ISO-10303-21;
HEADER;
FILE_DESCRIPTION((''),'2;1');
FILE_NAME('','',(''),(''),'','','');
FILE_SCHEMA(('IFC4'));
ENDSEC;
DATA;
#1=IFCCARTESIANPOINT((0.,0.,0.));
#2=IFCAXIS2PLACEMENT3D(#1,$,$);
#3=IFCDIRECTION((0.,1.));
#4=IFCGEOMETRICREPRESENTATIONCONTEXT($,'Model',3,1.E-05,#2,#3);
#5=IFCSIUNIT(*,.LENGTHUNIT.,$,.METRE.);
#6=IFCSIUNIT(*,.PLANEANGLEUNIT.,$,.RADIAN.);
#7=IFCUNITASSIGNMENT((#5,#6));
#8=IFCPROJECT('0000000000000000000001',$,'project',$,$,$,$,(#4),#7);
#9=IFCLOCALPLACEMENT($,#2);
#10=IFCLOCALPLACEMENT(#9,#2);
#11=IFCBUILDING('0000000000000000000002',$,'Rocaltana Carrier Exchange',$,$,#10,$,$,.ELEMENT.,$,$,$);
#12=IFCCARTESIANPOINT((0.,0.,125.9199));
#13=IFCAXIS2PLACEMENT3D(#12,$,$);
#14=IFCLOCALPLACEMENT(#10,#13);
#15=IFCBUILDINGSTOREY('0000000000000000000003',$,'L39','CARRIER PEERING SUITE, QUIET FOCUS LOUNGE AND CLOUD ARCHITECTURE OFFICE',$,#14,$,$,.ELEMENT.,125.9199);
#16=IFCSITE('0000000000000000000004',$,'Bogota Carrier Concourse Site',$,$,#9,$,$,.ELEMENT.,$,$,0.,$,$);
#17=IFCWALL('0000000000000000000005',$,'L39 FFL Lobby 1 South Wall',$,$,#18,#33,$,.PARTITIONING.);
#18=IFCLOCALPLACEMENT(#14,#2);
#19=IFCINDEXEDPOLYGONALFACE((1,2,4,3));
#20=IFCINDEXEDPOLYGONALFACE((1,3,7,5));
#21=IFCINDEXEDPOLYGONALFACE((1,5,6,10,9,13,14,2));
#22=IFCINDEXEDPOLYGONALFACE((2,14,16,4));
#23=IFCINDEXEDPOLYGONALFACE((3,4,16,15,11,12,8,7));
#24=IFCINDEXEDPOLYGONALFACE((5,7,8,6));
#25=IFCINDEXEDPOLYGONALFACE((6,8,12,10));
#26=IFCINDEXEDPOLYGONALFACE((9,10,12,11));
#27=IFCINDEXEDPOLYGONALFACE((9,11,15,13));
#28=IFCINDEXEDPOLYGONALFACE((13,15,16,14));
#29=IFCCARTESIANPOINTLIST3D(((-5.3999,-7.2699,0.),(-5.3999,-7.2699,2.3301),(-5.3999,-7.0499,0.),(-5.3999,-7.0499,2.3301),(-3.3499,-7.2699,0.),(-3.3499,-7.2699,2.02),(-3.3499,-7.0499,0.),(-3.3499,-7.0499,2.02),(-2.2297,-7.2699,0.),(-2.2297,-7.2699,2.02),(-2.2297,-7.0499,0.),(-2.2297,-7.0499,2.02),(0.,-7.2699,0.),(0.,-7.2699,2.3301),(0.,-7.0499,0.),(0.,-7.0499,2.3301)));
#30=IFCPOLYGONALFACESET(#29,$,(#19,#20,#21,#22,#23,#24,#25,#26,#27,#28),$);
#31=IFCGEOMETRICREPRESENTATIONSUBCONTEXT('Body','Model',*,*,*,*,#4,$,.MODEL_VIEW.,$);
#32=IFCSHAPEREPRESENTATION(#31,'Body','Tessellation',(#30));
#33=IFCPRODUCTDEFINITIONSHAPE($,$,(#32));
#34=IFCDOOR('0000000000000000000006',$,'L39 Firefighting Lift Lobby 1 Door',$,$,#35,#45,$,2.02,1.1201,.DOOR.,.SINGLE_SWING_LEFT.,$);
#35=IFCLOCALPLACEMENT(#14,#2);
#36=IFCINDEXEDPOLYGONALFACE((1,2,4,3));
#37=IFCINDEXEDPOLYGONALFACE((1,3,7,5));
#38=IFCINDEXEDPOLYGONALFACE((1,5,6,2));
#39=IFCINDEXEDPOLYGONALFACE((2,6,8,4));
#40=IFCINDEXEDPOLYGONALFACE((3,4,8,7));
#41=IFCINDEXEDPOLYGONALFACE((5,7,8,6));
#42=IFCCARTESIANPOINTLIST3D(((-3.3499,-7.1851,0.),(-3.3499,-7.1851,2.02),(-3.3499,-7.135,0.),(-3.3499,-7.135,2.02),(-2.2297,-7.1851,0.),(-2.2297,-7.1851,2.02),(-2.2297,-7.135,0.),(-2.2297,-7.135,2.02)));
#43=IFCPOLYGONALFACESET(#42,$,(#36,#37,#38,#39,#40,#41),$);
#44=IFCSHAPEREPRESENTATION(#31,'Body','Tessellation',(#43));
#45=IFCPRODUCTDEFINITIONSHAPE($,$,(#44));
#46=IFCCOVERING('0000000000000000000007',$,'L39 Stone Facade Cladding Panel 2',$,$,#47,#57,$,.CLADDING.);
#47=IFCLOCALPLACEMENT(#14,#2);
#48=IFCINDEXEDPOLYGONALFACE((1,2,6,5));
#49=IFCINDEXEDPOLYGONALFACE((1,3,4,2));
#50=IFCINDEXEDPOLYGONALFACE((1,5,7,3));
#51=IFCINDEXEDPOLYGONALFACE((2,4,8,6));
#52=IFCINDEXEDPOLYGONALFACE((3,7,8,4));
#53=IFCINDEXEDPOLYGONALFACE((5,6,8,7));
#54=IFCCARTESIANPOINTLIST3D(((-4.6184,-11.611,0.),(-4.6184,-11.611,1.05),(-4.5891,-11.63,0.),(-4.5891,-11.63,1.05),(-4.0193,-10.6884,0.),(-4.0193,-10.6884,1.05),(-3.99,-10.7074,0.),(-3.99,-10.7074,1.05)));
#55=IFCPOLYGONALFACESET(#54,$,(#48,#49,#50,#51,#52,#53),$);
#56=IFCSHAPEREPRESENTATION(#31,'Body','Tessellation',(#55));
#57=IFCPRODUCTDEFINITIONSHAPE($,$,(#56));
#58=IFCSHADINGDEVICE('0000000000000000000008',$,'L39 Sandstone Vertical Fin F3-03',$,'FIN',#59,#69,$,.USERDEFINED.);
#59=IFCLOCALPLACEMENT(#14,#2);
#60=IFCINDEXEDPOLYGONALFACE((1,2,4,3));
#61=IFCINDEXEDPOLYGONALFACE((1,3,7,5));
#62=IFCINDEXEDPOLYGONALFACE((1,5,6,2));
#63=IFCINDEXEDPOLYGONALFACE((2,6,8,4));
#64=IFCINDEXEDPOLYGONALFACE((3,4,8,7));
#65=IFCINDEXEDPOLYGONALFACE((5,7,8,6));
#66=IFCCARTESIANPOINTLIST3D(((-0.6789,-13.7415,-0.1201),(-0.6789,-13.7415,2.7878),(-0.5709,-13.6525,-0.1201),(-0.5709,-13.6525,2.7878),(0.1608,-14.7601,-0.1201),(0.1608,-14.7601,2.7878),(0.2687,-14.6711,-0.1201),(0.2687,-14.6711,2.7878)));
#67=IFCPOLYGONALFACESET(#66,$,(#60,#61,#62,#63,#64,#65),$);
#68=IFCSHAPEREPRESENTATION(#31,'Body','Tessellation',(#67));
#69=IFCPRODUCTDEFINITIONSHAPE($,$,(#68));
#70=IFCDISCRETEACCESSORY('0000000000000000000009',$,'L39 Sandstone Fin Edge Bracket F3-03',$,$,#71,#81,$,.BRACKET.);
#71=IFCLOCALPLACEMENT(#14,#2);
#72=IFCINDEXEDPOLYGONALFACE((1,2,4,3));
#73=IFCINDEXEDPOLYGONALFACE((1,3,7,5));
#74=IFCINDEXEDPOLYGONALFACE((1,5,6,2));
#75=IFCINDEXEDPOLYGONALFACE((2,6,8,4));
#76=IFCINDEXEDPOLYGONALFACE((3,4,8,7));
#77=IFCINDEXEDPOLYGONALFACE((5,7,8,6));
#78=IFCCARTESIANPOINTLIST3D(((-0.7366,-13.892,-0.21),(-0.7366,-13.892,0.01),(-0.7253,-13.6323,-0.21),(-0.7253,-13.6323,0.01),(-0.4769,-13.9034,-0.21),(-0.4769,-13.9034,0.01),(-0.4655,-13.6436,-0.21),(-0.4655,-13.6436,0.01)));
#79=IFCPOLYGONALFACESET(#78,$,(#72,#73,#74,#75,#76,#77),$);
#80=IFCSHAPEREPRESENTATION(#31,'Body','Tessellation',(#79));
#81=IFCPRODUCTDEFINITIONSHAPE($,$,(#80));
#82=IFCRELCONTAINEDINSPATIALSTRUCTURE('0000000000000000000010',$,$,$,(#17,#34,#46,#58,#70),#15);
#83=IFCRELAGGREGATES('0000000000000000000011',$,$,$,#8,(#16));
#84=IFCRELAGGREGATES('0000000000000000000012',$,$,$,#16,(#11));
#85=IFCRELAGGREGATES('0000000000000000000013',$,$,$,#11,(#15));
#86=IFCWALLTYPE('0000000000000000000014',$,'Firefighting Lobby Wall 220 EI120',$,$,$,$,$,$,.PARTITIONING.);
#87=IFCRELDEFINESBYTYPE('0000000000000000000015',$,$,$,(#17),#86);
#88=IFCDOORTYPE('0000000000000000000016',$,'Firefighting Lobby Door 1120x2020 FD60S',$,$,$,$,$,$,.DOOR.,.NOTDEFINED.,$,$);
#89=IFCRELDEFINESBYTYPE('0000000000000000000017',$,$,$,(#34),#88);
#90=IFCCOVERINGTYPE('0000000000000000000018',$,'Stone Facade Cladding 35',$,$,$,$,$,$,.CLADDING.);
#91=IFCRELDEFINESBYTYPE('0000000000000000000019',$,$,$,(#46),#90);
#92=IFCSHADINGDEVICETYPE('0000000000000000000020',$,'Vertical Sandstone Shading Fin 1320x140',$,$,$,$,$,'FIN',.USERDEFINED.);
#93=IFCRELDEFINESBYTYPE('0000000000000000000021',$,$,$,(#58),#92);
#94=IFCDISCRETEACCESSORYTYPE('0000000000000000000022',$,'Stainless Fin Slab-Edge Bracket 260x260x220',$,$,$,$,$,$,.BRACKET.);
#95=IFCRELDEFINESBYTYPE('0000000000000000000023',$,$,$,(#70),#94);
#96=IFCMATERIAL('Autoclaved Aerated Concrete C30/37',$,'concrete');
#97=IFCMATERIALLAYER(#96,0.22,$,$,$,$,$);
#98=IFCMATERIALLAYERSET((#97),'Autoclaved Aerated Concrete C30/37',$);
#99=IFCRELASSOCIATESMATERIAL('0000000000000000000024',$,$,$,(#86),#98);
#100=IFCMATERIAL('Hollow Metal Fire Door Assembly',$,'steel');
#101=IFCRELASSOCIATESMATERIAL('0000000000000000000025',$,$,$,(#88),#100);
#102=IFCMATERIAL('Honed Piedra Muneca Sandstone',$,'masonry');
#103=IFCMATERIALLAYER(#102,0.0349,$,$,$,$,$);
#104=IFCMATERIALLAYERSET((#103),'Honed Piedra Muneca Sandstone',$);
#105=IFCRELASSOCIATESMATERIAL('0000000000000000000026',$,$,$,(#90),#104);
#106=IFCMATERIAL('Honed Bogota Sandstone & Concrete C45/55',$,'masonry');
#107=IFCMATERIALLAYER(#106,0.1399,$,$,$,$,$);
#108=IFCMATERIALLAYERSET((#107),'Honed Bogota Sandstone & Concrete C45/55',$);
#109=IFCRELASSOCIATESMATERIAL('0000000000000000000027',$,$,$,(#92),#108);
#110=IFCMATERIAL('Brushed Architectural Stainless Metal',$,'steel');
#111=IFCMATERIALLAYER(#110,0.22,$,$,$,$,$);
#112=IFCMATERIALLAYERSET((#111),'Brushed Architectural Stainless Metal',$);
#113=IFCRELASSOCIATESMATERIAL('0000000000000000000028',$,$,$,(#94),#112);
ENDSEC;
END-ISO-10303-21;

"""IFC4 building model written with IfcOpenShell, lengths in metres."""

from ifc_helpers import new_model, si_unit, direction, frame, frame_2d, origin, origin_2d, place, context, subcontext, project, spatial, rectangle, extrude, material, layer, layer_set, type_object, element, fill, save


model = new_model("IFC4")

# Units and contexts
model_context = context("Model", 3, precision=1e-05, world=origin(), true_north=direction((0.0, 1.0)))
body_context = subcontext(model_context, "Body", "Model", "MODEL_VIEW")
ifc_project = project(units=[si_unit("LENGTHUNIT", "METRE"), si_unit("PLANEANGLEUNIT", "RADIAN")], contexts=[model_context])

# Site, building, storey
site_placement = place(None, origin())
site = spatial("IfcSite", under=ifc_project, at=site_placement, Name="Bogota Carrier Concourse Site", CompositionType="ELEMENT", RefElevation=0.0)
building_placement = place(site_placement, origin())
building = spatial("IfcBuilding", under=site, at=building_placement, Name="Rocaltana Carrier Exchange", CompositionType="ELEMENT")
storey_placement = place(building_placement, frame((0.0, 0.0, 125.9199)))
storey = spatial("IfcBuildingStorey", under=building, at=storey_placement, Name="L39", Description="CARRIER PEERING SUITE, QUIET FOCUS LOUNGE AND CLOUD ARCHITECTURE OFFICE", CompositionType="ELEMENT", Elevation=125.9199)

# Shared definitions
ifc_material_1 = material(Name="Autoclaved Aerated Concrete C30/37", Category="concrete")
ifc_layer_1 = layer(ifc_material_1, 0.22)
ifc_layer_set_1 = layer_set([ifc_layer_1], Name="Autoclaved Aerated Concrete C30/37")
wall_type_1 = type_object("IfcWallType", Name="Firefighting Lobby Wall 220 EI120", PredefinedType="PARTITIONING", material=ifc_layer_set_1)

# Wall, opening, door
wall_1_placement = place(storey_placement, frame((-5.3999, -7.1599, 0.0), z_axis=(0.0, 0.0, 1.0), x_axis=(1.0, 0.0, 0.0)))
wall_1 = element("IfcWall", 1, at=wall_1_placement, inside=storey, type_object=wall_type_1, Name="L39 FFL Lobby 1 South Wall", PredefinedType="PARTITIONING", context=body_context, shape_type="SweptSolid", body=[
    extrude(rectangle(XDim=5.3999, YDim=0.22, at=frame_2d((2.7, 0.0))), origin(), (0.0, 0.0, 1.0), 2.3301),
])
opening_placement = place(wall_1_placement, frame((2.05, 0.0, 0.0)))
opening = element("IfcOpeningElement", 2, at=opening_placement, cuts=wall_1, PredefinedType="OPENING", context=body_context, shape_type="SweptSolid", body=[
    extrude(rectangle(XDim=1.1201, YDim=2.02, at=frame_2d((0.5601, 1.01))), frame((0.0, 0.1199, 0.0), z_axis=(0.0, -1.0, 0.0), x_axis=(1.0, 0.0, 0.0)), (0.0, 0.0, 1.0), 0.24),
])
ifc_material_2 = material(Name="Hollow Metal Fire Door Assembly", Category="steel")
door_type = type_object("IfcDoorType", Name="Firefighting Lobby Door 1120x2020 FD60S", OperationType="NOTDEFINED", PredefinedType="DOOR", material=ifc_material_2)
door_placement = place(opening_placement, origin())
door = element("IfcDoor", 3, at=door_placement, inside=storey, type_object=door_type, Name="L39 Firefighting Lift Lobby 1 Door", OperationType="SINGLE_SWING_LEFT", OverallHeight=2.02, OverallWidth=1.1201, PredefinedType="DOOR", context=body_context, shape_type="SweptSolid", body=[
    extrude(rectangle(XDim=1.1201, YDim=2.02, at=frame_2d((0.5601, 1.01))), frame((0.0, 0.0249, 0.0), z_axis=(0.0, -1.0, 0.0), x_axis=(1.0, 0.0, 0.0)), (0.0, 0.0, 1.0), 0.05),
])
fill(opening, door)

# Covering
ifc_material_3 = material(Name="Honed Piedra Muneca Sandstone", Category="masonry")
ifc_layer_2 = layer(ifc_material_3, 0.0349)
ifc_layer_set_2 = layer_set([ifc_layer_2], Name="Honed Piedra Muneca Sandstone")
covering_type = type_object("IfcCoveringType", Name="Stone Facade Cladding 35", PredefinedType="CLADDING", material=ifc_layer_set_2)
covering_placement = place(storey_placement, frame((-4.3042, -11.1592, 0.0), z_axis=(0.0, 0.0, 1.0), x_axis=(0.544639, 0.838671, 0.0)))
element("IfcCovering", 4, at=covering_placement, inside=storey, type_object=covering_type, Name="L39 Stone Facade Cladding Panel 2", PredefinedType="CLADDING", context=body_context, shape_type="SweptSolid", body=[
    extrude(rectangle(XDim=1.1001, YDim=0.0349, at=origin_2d()), origin(), (0.0, 0.0, 1.0), 1.05),
])

# Shading device
ifc_material_4 = material(Name="Honed Bogota Sandstone & Concrete C45/55", Category="masonry")
ifc_layer_3 = layer(ifc_material_4, 0.1399)
ifc_layer_set_3 = layer_set([ifc_layer_3], Name="Honed Bogota Sandstone & Concrete C45/55")
shading_device_type = type_object("IfcShadingDeviceType", Name="Vertical Sandstone Shading Fin 1320x140", ElementType="FIN", PredefinedType="USERDEFINED", material=ifc_layer_set_3)
shading_device_placement = place(storey_placement, frame((-0.2051, -14.2063, -0.1201), z_axis=(0.0, 0.0, 1.0), x_axis=(0.636078, -0.771625, 0.0)))
element("IfcShadingDevice", 5, at=shading_device_placement, inside=storey, type_object=shading_device_type, Name="L39 Sandstone Vertical Fin F3-03", ObjectType="FIN", PredefinedType="USERDEFINED", context=body_context, shape_type="SweptSolid", body=[
    extrude(rectangle(XDim=1.3201, YDim=0.1399, at=origin_2d()), origin(), (0.0, 0.0, 1.0), 2.908),
])

# Discrete accessory
ifc_material_5 = material(Name="Brushed Architectural Stainless Metal", Category="steel")
ifc_layer_4 = layer(ifc_material_5, 0.22)
ifc_layer_set_4 = layer_set([ifc_layer_4], Name="Brushed Architectural Stainless Metal")
discrete_accessory_type = type_object("IfcDiscreteAccessoryType", Name="Stainless Fin Slab-Edge Bracket 260x260x220", PredefinedType="BRACKET", material=ifc_layer_set_4)
discrete_accessory_placement = place(storey_placement, frame((-0.6011, -13.7678, -0.21), z_axis=(0.0, 0.0, 1.0), x_axis=(0.999048, -0.043619, 0.0)))
element("IfcDiscreteAccessory", 6, at=discrete_accessory_placement, inside=storey, type_object=discrete_accessory_type, Name="L39 Sandstone Fin Edge Bracket F3-03", PredefinedType="BRACKET", context=body_context, shape_type="SweptSolid", body=[
    extrude(rectangle(XDim=0.26, YDim=0.26, at=origin_2d()), origin(), (0.0, 0.0, 1.0), 0.22),
])

save(model, "model.ifc")
